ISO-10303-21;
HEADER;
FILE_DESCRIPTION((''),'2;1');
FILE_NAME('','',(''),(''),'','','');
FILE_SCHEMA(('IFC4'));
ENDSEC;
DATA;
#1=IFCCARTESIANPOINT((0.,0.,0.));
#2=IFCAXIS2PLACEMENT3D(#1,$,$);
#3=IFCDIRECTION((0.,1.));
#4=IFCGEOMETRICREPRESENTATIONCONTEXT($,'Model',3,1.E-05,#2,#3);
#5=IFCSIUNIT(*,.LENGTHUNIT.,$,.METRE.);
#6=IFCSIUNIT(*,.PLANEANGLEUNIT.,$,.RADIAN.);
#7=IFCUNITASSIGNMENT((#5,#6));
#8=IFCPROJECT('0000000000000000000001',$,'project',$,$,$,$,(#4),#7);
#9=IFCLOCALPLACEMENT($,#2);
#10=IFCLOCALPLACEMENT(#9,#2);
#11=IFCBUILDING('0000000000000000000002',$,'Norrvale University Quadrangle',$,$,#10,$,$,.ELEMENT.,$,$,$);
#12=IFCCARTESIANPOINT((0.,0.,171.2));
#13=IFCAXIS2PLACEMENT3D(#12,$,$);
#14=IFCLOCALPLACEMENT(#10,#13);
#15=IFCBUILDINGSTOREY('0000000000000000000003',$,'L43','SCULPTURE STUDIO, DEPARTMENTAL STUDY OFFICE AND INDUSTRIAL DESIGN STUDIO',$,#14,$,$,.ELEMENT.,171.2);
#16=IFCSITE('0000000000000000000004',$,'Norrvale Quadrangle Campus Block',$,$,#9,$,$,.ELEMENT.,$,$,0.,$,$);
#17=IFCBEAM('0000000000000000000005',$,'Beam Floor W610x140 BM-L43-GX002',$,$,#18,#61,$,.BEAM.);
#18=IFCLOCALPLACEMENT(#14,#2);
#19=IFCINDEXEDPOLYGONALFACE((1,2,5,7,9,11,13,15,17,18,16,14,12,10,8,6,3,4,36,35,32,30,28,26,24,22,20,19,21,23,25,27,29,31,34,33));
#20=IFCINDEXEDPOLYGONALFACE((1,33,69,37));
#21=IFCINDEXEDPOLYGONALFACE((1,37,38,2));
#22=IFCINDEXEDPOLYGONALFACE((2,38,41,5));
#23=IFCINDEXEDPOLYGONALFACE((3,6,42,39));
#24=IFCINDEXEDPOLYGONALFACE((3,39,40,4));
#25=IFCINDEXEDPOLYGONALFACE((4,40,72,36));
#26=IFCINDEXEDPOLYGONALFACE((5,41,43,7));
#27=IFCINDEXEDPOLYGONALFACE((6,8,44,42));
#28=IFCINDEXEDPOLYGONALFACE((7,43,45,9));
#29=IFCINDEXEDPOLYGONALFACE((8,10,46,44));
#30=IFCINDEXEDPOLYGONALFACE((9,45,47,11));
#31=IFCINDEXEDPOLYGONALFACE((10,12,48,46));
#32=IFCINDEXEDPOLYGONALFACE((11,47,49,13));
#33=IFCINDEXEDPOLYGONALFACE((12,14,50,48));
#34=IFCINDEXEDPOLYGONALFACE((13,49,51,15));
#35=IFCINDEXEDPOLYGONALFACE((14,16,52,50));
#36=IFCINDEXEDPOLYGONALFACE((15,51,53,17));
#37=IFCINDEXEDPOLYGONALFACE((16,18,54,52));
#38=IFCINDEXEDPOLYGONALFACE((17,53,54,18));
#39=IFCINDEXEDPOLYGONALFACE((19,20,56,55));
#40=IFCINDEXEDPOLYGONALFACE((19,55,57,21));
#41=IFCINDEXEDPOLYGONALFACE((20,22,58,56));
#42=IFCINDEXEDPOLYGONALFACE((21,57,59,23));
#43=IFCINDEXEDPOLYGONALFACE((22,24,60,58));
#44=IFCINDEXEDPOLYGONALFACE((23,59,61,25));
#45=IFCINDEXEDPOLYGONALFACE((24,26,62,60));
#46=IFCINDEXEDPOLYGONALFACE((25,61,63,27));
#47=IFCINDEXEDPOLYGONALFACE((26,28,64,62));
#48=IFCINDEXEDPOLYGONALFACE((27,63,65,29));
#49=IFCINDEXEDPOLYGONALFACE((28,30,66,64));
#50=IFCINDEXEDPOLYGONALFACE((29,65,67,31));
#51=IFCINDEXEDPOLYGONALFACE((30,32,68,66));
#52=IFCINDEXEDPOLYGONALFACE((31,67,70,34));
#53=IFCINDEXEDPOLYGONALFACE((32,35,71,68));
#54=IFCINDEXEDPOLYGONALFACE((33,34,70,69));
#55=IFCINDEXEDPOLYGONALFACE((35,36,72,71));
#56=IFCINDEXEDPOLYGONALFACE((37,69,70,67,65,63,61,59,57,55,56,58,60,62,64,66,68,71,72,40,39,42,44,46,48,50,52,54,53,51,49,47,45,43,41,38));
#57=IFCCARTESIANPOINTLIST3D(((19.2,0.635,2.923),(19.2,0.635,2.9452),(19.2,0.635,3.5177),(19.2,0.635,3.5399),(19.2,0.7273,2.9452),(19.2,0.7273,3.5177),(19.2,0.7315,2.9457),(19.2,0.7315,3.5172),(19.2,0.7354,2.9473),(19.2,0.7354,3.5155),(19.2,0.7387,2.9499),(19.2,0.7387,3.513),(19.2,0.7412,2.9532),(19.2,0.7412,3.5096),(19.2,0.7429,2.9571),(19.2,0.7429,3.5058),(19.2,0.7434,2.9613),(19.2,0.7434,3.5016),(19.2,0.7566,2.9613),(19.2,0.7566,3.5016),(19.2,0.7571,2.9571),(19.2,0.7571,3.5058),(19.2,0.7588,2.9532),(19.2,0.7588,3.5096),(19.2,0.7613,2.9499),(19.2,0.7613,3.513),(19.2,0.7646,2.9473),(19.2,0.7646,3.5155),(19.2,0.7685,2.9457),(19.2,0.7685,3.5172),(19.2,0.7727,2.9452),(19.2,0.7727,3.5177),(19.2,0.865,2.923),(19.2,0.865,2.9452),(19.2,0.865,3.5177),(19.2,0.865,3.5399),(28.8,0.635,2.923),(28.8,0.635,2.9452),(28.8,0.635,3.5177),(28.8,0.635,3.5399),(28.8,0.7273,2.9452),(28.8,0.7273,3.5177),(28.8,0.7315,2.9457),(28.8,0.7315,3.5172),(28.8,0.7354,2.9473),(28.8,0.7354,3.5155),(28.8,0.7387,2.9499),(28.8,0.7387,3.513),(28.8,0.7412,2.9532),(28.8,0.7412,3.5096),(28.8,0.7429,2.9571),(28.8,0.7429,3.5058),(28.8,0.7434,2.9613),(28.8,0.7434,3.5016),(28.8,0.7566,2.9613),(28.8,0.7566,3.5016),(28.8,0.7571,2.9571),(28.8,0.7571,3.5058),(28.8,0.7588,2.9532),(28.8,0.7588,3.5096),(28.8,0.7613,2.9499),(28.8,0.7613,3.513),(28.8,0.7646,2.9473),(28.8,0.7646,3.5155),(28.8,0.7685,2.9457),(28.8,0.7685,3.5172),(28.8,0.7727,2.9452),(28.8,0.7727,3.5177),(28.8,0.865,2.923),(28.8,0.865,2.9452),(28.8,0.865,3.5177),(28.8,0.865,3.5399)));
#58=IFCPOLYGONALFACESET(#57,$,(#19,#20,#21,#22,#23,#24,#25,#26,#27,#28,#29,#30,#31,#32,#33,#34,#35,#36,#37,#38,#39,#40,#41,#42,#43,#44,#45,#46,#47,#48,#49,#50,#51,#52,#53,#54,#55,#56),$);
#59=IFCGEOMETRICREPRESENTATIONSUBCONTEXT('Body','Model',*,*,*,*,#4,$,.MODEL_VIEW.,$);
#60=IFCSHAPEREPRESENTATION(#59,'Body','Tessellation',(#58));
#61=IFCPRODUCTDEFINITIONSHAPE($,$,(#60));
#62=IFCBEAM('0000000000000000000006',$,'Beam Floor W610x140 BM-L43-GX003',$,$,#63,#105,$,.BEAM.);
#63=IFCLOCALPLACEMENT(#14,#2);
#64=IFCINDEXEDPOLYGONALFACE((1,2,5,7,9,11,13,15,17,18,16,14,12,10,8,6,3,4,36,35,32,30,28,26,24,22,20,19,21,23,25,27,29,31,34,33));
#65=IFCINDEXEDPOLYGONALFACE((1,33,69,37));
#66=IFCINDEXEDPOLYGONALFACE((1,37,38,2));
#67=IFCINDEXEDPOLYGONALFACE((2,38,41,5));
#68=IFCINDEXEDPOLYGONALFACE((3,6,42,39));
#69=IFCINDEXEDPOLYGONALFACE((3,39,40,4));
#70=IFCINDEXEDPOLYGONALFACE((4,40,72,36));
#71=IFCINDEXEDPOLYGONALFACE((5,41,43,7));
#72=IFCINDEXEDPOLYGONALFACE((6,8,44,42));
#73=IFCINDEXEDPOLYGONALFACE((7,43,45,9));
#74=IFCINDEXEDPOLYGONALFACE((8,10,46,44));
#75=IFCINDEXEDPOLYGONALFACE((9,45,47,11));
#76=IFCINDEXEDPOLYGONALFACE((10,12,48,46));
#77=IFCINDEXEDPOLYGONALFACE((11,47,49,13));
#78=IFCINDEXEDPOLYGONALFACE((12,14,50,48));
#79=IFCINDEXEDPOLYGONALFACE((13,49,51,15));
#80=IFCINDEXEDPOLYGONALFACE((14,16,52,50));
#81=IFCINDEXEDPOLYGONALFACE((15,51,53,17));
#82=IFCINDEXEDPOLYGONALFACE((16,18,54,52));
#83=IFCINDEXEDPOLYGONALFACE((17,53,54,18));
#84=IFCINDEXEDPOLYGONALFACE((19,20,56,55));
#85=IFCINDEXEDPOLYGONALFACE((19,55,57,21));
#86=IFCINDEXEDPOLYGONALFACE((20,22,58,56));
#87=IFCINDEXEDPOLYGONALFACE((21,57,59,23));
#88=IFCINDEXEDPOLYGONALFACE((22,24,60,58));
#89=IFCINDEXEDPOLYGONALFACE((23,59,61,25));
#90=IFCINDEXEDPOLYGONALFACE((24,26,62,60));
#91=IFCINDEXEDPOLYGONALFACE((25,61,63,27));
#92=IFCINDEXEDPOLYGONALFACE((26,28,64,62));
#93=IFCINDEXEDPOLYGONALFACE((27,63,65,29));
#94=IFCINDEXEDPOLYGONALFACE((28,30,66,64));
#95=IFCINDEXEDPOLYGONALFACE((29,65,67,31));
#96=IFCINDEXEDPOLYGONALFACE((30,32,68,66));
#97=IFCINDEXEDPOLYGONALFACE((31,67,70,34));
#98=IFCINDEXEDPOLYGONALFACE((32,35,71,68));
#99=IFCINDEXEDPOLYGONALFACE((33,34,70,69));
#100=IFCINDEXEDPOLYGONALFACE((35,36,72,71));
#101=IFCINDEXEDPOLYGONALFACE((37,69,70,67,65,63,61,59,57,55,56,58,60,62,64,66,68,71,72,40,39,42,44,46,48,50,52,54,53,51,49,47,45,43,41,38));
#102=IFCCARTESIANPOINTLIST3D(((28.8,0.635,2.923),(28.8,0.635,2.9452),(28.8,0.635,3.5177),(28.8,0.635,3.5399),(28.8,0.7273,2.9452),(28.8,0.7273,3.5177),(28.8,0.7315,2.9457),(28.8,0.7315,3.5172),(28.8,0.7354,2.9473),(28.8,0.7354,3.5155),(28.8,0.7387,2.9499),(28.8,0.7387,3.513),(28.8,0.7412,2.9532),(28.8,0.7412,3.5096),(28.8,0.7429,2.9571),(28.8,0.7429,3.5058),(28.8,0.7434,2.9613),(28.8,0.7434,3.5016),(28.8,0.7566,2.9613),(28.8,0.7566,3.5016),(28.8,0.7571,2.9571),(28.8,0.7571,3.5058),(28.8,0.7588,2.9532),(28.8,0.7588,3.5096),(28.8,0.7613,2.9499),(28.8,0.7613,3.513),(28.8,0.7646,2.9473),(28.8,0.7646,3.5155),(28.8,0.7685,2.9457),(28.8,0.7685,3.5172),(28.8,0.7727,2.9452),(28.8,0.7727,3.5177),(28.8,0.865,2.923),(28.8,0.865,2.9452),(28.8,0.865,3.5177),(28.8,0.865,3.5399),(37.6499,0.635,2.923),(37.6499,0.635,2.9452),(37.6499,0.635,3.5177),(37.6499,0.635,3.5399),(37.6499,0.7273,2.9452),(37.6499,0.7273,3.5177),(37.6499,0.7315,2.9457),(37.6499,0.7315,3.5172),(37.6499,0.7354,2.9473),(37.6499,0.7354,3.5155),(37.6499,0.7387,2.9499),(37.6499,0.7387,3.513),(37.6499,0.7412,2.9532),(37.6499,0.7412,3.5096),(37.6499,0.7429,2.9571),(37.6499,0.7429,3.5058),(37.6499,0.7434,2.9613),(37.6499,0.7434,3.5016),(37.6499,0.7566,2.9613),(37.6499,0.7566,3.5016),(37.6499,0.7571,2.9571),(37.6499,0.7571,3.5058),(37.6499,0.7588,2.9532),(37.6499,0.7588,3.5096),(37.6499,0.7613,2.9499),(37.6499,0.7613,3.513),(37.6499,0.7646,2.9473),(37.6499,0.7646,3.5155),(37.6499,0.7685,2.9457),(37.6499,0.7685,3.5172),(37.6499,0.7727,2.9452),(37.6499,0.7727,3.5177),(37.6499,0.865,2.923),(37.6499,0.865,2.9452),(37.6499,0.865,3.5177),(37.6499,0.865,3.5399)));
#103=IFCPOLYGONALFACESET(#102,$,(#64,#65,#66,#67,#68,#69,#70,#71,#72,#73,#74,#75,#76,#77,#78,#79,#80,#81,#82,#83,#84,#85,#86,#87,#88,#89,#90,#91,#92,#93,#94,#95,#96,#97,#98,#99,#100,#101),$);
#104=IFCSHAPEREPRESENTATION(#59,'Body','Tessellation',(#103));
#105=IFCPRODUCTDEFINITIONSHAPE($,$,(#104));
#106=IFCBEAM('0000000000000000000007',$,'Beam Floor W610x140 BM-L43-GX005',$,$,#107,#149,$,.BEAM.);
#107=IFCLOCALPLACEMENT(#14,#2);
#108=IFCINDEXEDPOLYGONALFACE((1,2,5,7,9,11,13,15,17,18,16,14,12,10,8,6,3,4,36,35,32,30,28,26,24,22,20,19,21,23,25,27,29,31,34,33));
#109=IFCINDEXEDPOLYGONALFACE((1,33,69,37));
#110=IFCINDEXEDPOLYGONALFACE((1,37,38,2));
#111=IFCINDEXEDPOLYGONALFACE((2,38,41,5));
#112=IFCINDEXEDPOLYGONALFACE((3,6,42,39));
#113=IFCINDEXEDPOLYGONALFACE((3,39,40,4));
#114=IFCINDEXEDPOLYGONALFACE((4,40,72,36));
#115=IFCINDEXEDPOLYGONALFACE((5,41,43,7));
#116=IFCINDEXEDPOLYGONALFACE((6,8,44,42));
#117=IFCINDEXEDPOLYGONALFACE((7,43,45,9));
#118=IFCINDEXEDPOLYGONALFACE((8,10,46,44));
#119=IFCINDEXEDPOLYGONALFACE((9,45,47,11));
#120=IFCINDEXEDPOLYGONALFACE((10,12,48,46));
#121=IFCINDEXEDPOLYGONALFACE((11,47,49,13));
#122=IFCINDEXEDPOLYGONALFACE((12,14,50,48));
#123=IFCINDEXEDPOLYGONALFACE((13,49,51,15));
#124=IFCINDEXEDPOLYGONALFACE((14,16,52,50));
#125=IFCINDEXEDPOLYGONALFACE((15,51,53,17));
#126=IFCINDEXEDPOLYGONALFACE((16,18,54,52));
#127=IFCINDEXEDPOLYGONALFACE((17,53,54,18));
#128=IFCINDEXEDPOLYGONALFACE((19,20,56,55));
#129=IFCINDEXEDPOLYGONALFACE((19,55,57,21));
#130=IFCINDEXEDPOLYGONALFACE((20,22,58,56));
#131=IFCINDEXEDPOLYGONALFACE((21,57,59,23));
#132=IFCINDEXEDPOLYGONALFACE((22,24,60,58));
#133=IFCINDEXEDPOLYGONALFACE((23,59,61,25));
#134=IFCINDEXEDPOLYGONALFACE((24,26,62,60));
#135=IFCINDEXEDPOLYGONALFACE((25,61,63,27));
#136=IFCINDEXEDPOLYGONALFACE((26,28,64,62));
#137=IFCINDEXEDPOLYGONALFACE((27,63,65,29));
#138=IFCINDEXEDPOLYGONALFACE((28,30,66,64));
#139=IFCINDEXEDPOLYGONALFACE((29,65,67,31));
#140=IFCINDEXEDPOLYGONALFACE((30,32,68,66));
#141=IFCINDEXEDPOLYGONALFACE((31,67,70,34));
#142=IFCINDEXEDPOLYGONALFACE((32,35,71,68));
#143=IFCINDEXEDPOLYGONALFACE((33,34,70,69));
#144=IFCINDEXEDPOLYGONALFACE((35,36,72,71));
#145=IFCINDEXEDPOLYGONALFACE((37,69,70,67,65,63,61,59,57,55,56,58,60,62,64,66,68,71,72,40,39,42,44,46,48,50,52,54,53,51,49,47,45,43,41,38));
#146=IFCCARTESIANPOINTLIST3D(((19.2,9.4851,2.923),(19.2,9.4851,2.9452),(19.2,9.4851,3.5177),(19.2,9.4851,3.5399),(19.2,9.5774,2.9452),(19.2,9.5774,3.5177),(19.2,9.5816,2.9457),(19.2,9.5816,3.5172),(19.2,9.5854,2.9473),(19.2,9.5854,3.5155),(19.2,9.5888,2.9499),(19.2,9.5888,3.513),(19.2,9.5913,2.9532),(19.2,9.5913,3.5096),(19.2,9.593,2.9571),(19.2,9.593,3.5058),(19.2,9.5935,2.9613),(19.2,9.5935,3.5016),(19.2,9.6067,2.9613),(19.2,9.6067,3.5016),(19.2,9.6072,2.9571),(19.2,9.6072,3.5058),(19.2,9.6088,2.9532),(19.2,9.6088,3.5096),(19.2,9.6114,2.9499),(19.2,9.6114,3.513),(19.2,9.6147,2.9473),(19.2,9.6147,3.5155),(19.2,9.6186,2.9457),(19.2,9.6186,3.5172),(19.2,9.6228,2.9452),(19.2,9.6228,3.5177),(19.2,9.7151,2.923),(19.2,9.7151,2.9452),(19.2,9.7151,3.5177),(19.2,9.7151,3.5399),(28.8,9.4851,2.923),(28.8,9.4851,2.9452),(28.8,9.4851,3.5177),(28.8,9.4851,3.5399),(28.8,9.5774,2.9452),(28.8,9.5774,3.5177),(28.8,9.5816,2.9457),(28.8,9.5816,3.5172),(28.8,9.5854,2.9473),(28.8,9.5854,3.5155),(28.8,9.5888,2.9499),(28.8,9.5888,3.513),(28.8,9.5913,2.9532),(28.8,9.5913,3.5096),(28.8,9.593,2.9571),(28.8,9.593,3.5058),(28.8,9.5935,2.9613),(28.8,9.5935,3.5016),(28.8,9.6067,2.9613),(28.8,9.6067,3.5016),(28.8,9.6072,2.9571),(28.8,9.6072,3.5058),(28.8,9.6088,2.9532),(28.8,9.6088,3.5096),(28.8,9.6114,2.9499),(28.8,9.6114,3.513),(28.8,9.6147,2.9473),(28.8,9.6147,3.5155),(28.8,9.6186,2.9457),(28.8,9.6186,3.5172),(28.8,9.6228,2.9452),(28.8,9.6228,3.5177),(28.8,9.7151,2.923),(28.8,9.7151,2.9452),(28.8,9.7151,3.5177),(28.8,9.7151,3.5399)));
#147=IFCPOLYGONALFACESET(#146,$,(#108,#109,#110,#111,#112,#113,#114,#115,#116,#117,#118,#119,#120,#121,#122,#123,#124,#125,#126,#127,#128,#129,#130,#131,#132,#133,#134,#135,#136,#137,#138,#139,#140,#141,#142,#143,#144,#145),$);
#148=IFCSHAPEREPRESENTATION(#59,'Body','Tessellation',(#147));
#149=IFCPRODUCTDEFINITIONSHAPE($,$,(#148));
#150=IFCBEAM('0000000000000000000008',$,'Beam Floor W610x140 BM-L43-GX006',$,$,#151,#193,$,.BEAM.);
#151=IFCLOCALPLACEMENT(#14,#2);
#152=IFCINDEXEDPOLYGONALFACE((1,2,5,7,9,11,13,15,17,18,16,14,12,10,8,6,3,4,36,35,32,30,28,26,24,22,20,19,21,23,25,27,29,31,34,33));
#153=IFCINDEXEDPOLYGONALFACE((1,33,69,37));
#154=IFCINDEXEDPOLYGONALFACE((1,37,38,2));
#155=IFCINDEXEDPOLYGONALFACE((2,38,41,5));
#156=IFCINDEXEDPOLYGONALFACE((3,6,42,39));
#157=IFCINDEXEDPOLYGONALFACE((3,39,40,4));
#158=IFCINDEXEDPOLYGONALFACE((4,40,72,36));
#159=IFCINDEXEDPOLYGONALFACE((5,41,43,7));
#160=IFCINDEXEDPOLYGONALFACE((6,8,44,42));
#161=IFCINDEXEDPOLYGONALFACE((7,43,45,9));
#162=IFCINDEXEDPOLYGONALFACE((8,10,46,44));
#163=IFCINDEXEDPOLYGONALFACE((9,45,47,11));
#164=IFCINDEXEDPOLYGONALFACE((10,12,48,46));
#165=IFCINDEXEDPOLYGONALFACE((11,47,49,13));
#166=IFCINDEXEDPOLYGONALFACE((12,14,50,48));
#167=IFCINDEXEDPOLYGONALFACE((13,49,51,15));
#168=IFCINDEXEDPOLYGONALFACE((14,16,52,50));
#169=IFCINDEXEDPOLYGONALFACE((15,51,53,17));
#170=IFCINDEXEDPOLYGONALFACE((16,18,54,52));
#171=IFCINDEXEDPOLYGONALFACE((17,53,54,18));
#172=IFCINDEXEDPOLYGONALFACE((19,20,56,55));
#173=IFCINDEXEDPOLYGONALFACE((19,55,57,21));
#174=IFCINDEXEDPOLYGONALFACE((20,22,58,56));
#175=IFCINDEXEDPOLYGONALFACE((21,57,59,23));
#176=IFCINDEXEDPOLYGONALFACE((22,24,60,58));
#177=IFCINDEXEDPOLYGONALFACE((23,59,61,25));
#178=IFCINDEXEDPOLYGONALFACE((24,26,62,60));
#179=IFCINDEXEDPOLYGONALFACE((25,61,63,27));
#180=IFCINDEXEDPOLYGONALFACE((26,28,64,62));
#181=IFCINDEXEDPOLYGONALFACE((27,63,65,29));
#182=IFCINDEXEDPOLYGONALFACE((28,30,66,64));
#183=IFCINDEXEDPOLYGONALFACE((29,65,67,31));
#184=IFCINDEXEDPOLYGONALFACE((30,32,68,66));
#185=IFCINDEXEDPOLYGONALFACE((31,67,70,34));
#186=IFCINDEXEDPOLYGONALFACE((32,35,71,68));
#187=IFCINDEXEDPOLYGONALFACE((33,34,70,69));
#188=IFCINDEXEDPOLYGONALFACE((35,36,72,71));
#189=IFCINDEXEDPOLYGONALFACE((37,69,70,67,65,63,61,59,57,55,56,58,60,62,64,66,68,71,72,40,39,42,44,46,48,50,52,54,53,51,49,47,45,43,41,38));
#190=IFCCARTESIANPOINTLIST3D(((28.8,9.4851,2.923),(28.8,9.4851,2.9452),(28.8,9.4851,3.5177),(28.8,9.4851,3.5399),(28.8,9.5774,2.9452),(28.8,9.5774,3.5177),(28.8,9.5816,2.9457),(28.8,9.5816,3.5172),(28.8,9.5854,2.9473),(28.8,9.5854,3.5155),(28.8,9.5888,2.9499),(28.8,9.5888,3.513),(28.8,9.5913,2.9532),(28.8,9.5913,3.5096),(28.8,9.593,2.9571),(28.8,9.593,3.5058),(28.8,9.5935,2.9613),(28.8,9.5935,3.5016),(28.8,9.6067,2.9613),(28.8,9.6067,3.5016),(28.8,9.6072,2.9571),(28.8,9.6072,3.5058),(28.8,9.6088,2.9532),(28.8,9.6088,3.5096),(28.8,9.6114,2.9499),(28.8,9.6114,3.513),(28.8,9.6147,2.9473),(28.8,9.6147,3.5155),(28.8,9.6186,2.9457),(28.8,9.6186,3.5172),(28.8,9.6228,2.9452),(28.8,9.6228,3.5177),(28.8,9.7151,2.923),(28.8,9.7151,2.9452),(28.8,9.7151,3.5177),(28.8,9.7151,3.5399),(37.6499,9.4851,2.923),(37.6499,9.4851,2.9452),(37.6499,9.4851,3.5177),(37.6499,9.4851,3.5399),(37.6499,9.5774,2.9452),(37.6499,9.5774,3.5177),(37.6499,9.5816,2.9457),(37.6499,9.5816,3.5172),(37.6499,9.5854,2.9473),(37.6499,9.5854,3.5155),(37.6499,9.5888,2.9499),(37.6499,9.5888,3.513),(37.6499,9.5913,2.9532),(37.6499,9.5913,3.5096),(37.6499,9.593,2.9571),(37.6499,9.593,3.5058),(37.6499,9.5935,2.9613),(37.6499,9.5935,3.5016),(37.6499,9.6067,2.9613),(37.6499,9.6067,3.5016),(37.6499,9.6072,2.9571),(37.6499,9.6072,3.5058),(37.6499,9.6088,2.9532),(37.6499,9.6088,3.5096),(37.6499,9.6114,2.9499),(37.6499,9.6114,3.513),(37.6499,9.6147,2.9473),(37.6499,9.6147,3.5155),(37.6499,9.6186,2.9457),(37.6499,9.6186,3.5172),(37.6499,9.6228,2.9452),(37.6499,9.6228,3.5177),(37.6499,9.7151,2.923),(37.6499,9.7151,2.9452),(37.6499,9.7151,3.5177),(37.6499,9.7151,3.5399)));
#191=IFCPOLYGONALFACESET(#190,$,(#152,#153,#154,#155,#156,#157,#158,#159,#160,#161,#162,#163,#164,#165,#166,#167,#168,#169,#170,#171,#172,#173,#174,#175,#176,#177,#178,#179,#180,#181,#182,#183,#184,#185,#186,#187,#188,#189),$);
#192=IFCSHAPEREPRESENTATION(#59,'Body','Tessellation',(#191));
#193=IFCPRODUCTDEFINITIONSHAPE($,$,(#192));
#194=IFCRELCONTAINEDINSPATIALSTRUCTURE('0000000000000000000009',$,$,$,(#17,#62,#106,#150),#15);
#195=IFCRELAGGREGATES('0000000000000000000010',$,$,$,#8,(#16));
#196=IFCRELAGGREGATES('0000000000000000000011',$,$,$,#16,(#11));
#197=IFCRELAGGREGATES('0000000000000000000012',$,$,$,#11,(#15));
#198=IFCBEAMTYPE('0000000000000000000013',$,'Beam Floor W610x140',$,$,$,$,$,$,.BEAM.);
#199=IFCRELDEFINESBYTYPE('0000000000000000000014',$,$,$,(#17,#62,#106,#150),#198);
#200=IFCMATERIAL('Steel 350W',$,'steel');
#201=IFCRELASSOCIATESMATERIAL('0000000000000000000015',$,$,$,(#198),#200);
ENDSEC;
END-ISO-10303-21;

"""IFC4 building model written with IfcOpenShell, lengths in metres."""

from ifc_helpers import new_model, si_unit, direction, frame, origin, origin_2d, place, context, subcontext, project, spatial, i_section, extrude, material, material_profile, profile_set, type_object, element, save


model = new_model("IFC4")

# Units and contexts
model_context = context("Model", 3, precision=1e-05, world=origin(), true_north=direction((0.0, 1.0)))
body_context = subcontext(model_context, "Body", "Model", "MODEL_VIEW")
ifc_project = project(units=[si_unit("LENGTHUNIT", "METRE"), si_unit("PLANEANGLEUNIT", "RADIAN")], contexts=[model_context])

# Site, building, storey
site_placement = place(None, origin())
site = spatial("IfcSite", under=ifc_project, at=site_placement, Name="Norrvale Quadrangle Campus Block", CompositionType="ELEMENT", RefElevation=0.0)
building_placement = place(site_placement, origin())
building = spatial("IfcBuilding", under=site, at=building_placement, Name="Norrvale University Quadrangle", CompositionType="ELEMENT")
storey_placement = place(building_placement, frame((0.0, 0.0, 171.2)))
storey = spatial("IfcBuildingStorey", under=building, at=storey_placement, Name="L43", Description="SCULPTURE STUDIO, DEPARTMENTAL STUDY OFFICE AND INDUSTRIAL DESIGN STUDIO", CompositionType="ELEMENT", Elevation=171.2)

# Beams
ifc_material_1 = material(Name="Steel 350W", Category="steel")
ifc_material_profile_1 = material_profile(ifc_material_1, i_section(OverallWidth=0.23, OverallDepth=0.6169, WebThickness=0.0132, FlangeThickness=0.0222, FilletRadius=0.0161, at=origin_2d()), Name="Steel 350W")
ifc_profile_set_1 = profile_set([ifc_material_profile_1], Name="Steel 350W")
beam_type_1 = type_object("IfcBeamType", Name="Beam Floor W610x140", PredefinedType="BEAM", material=ifc_profile_set_1)
beam_1_placement = place(storey_placement, frame((19.2, 0.75, 3.2314), z_axis=(1.0, 0.0, 0.0), x_axis=(0.0, 1.0, 0.0)))
element("IfcBeam", 1, at=beam_1_placement, inside=storey, type_object=beam_type_1, Name="Beam Floor W610x140 BM-L43-GX002", PredefinedType="BEAM", context=body_context, shape_type="SweptSolid", body=[
    extrude(i_section(OverallWidth=0.23, OverallDepth=0.6169, WebThickness=0.0132, FlangeThickness=0.0222, FilletRadius=0.0161, at=origin_2d()), origin(), (0.0, 0.0, 1.0), 9.6001),
])
beam_2_placement = place(storey_placement, frame((28.8, 0.75, 3.2314), z_axis=(1.0, 0.0, 0.0), x_axis=(0.0, 1.0, 0.0)))
element("IfcBeam", 2, at=beam_2_placement, inside=storey, type_object=beam_type_1, Name="Beam Floor W610x140 BM-L43-GX003", PredefinedType="BEAM", context=body_context, shape_type="SweptSolid", body=[
    extrude(i_section(OverallWidth=0.23, OverallDepth=0.6169, WebThickness=0.0132, FlangeThickness=0.0222, FilletRadius=0.0161, at=origin_2d()), origin(), (0.0, 0.0, 1.0), 8.8499),
])
beam_3_placement = place(storey_placement, frame((19.2, 9.6001, 3.2314), z_axis=(1.0, 0.0, 0.0), x_axis=(0.0, 1.0, 0.0)))
element("IfcBeam", 3, at=beam_3_placement, inside=storey, type_object=beam_type_1, Name="Beam Floor W610x140 BM-L43-GX005", PredefinedType="BEAM", context=body_context, shape_type="SweptSolid", body=[
    extrude(i_section(OverallWidth=0.23, OverallDepth=0.6169, WebThickness=0.0132, FlangeThickness=0.0222, FilletRadius=0.0161, at=origin_2d()), origin(), (0.0, 0.0, 1.0), 9.6001),
])
beam_4_placement = place(storey_placement, frame((28.8, 9.6001, 3.2314), z_axis=(1.0, 0.0, 0.0), x_axis=(0.0, 1.0, 0.0)))
element("IfcBeam", 4, at=beam_4_placement, inside=storey, type_object=beam_type_1, Name="Beam Floor W610x140 BM-L43-GX006", PredefinedType="BEAM", context=body_context, shape_type="SweptSolid", body=[
    extrude(i_section(OverallWidth=0.23, OverallDepth=0.6169, WebThickness=0.0132, FlangeThickness=0.0222, FilletRadius=0.0161, at=origin_2d()), origin(), (0.0, 0.0, 1.0), 8.8499),
])

save(model, "model.ifc")
